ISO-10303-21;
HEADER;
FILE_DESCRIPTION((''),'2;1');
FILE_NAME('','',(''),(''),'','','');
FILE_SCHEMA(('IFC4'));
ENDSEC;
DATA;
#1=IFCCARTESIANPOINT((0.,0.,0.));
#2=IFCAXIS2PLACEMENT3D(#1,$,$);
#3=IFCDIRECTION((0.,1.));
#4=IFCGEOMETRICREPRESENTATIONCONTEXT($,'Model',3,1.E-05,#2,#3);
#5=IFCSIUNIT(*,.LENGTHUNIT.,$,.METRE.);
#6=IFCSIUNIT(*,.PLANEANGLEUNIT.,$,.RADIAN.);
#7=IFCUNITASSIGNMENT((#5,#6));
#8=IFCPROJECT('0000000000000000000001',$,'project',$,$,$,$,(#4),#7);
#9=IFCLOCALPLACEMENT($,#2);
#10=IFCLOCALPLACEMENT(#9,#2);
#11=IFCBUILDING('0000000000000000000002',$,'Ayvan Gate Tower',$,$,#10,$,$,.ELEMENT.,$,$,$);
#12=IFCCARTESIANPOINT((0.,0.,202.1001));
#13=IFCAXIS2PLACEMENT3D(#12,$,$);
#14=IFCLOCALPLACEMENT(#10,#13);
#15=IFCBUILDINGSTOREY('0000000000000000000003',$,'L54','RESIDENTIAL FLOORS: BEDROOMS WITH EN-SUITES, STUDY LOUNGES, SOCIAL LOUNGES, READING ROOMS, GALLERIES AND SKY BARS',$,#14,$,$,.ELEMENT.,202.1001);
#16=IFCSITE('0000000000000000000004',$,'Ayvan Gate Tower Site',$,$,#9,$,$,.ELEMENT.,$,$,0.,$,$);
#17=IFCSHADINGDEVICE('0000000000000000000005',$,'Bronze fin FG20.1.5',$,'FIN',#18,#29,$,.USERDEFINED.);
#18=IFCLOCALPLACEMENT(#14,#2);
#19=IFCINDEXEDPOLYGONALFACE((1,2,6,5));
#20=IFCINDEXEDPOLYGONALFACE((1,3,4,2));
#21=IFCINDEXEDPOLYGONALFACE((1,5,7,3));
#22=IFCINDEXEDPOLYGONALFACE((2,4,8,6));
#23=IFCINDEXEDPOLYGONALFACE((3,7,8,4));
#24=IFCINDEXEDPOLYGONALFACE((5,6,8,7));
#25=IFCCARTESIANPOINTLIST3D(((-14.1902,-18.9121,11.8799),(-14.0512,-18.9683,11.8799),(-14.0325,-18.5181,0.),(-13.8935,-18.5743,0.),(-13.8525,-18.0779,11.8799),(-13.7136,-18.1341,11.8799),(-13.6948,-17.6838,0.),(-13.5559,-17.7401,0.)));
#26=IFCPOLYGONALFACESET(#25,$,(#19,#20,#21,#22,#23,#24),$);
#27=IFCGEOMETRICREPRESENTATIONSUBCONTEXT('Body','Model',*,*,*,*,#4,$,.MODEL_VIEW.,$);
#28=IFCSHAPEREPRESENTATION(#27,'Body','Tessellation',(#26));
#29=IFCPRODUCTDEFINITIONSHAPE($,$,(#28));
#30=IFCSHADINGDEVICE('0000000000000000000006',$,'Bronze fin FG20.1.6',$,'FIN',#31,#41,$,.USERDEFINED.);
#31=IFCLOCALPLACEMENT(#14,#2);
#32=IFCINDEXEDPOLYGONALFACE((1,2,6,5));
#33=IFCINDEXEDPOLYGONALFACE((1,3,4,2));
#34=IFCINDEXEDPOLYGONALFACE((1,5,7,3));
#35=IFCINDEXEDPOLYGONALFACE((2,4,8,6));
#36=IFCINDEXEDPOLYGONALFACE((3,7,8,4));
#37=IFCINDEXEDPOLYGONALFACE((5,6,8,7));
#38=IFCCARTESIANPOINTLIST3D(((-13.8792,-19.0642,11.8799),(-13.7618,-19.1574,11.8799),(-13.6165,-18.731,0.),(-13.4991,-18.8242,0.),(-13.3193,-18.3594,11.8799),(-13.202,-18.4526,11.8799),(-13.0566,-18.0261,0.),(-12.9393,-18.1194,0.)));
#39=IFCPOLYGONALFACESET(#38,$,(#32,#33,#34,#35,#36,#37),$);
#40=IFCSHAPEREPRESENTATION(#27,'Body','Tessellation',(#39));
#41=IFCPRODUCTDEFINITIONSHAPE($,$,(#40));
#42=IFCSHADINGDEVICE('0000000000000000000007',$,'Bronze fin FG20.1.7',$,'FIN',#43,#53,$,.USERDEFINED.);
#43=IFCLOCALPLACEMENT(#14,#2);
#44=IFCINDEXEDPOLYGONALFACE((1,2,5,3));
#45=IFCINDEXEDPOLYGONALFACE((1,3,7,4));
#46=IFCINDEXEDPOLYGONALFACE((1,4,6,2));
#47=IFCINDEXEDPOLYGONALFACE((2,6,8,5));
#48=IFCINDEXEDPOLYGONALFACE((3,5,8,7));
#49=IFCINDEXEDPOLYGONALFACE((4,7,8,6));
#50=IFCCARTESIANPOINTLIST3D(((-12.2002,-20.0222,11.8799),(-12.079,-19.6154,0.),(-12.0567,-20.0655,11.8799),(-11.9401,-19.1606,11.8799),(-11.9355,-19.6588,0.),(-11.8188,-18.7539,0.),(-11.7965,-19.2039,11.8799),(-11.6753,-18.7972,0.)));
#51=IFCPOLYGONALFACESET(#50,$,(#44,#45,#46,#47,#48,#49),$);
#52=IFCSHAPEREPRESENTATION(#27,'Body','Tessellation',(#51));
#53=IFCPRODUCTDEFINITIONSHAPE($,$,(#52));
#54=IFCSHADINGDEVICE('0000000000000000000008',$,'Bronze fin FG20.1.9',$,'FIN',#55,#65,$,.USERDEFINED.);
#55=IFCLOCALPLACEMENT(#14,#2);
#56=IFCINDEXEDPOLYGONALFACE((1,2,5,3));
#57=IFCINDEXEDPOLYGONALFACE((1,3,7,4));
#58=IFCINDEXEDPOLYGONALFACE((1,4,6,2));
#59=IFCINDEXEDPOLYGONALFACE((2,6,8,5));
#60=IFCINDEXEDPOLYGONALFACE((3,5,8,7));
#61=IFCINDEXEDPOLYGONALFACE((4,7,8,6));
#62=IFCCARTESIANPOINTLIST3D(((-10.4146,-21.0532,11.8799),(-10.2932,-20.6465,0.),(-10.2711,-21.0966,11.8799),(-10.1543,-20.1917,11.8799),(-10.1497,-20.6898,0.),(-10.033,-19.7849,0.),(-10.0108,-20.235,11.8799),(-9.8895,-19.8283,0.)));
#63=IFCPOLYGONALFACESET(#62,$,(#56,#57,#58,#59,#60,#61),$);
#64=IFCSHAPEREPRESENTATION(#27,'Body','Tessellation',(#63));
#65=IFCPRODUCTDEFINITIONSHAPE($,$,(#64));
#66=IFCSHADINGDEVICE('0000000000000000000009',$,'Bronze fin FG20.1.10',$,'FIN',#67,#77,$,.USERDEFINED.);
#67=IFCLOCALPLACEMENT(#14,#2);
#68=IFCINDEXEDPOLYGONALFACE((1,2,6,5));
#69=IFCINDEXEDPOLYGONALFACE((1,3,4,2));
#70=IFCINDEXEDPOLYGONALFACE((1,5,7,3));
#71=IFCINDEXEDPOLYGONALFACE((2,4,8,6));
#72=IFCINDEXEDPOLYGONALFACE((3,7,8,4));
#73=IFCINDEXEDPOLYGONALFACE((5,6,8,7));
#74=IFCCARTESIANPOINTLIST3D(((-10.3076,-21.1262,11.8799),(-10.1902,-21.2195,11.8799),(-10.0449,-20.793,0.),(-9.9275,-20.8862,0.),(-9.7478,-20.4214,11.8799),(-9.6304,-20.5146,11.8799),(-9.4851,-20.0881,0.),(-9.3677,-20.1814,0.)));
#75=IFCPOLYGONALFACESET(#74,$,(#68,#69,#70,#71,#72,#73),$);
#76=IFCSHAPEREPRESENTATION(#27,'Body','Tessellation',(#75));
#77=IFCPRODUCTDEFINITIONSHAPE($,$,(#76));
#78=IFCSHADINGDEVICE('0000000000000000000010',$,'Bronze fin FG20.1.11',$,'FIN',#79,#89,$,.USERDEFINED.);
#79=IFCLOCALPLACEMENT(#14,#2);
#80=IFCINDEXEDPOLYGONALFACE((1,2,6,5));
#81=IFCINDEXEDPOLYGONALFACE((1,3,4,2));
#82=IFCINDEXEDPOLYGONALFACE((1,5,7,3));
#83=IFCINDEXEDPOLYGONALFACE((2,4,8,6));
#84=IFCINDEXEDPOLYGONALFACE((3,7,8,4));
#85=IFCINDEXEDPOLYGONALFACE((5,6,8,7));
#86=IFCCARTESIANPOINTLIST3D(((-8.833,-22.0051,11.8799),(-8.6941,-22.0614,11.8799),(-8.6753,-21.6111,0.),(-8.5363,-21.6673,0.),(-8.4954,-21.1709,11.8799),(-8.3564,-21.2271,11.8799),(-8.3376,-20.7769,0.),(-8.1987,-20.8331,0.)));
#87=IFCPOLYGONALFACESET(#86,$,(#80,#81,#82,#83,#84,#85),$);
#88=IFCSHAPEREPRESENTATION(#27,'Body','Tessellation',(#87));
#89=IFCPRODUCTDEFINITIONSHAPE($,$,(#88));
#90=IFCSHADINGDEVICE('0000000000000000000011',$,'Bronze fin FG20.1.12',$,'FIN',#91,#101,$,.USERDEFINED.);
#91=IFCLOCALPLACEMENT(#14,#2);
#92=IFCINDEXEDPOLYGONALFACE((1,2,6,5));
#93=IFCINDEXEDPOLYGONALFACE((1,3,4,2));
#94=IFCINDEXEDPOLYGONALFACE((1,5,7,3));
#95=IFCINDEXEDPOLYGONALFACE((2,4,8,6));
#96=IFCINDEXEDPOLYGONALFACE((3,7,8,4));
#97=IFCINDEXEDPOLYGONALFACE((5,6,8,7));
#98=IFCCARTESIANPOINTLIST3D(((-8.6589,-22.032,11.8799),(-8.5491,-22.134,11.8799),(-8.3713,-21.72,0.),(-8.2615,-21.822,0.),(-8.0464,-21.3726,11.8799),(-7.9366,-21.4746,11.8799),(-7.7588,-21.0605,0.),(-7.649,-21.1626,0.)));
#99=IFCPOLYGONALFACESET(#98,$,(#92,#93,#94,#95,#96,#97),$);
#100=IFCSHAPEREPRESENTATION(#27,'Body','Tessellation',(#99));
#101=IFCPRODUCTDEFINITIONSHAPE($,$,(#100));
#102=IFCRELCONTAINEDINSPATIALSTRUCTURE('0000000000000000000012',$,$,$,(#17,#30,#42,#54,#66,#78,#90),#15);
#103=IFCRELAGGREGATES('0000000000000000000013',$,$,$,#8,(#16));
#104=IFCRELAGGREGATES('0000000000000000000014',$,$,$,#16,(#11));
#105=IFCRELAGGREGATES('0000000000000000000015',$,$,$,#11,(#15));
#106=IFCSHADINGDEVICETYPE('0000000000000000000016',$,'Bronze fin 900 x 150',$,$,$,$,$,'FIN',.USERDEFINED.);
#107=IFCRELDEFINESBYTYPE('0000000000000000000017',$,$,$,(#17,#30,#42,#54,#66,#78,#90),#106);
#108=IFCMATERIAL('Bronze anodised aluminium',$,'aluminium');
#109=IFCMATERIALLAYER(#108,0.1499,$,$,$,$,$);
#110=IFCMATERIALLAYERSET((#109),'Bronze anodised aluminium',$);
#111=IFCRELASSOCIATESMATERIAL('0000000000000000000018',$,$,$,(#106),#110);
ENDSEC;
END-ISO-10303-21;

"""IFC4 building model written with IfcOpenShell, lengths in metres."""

from ifc_helpers import new_model, si_unit, direction, frame, origin, place, context, subcontext, project, spatial, polyline, outline, extrude, material, layer, layer_set, type_object, element, save


model = new_model("IFC4")

# Units and contexts
model_context = context("Model", 3, precision=1e-05, world=origin(), true_north=direction((0.0, 1.0)))
body_context = subcontext(model_context, "Body", "Model", "MODEL_VIEW")
ifc_project = project(units=[si_unit("LENGTHUNIT", "METRE"), si_unit("PLANEANGLEUNIT", "RADIAN")], contexts=[model_context])

# Site, building, storey
site_placement = place(None, origin())
site = spatial("IfcSite", under=ifc_project, at=site_placement, Name="Ayvan Gate Tower Site", CompositionType="ELEMENT", RefElevation=0.0)
building_placement = place(site_placement, origin())
building = spatial("IfcBuilding", under=site, at=building_placement, Name="Ayvan Gate Tower", CompositionType="ELEMENT")
storey_placement = place(building_placement, frame((0.0, 0.0, 202.1001)))
storey = spatial("IfcBuildingStorey", under=building, at=storey_placement, Name="L54", Description="RESIDENTIAL FLOORS: BEDROOMS WITH EN-SUITES, STUDY LOUNGES, SOCIAL LOUNGES, READING ROOMS, GALLERIES AND SKY BARS", CompositionType="ELEMENT", Elevation=202.1001)

# Shared definitions
ifc_material_1 = material(Name="Bronze anodised aluminium", Category="aluminium")

# Shading devices
ifc_layer_1 = layer(ifc_material_1, 0.1499)
ifc_layer_set_1 = layer_set([ifc_layer_1], Name="Bronze anodised aluminium")
shading_device_type = type_object("IfcShadingDeviceType", Name="Bronze fin 900 x 150", ElementType="FIN", PredefinedType="USERDEFINED", material=ifc_layer_set_1)
shading_device_1_placement = place(storey_placement, frame((-13.6948, -17.6838, 0.0), z_axis=(-0.926954, 0.375176, 0.000138), x_axis=(-0.375176, -0.926954, 0.0)))
element("IfcShadingDevice", 1, at=shading_device_1_placement, inside=storey, type_object=shading_device_type, Name="Bronze fin FG20.1.5", ObjectType="FIN", PredefinedType="USERDEFINED", context=body_context, shape_type="SweptSolid", body=[
    extrude(outline(polyline([(0.0, 0.0), (0.9, 0.0), (1.3244, 11.8799), (0.4244, 11.8799), (0.0, 0.0)])), origin(), (0.0, 0.0, -1.0), 0.1499),
])
shading_device_2_placement = place(storey_placement, frame((-13.0566, -18.0261, 0.0), z_axis=(-0.78306, 0.621946, 0.000131), x_axis=(-0.621946, -0.78306, 0.0)))
element("IfcShadingDevice", 2, at=shading_device_2_placement, inside=storey, type_object=shading_device_type, Name="Bronze fin FG20.1.6", ObjectType="FIN", PredefinedType="USERDEFINED", context=body_context, shape_type="SweptSolid", body=[
    extrude(outline(polyline([(0.0, 0.0), (0.9001, 0.0), (1.3244, 11.8799), (0.4243, 11.8799), (0.0, 0.0)])), origin(), (0.0, 0.0, -1.0), 0.1499),
])
shading_device_3_placement = place(storey_placement, frame((-11.8188, -18.7539, 0.0), z_axis=(-0.957317, 0.28904, 0.000128), x_axis=(-0.28904, -0.957317, 0.0)))
element("IfcShadingDevice", 3, at=shading_device_3_placement, inside=storey, type_object=shading_device_type, Name="Bronze fin FG20.1.7", ObjectType="FIN", PredefinedType="USERDEFINED", context=body_context, shape_type="SweptSolid", body=[
    extrude(outline(polyline([(0.0, 0.0), (0.9, 0.0), (1.3244, 11.8799), (0.4244, 11.8799), (0.0, 0.0)])), origin(), (0.0, 0.0, -1.0), 0.1499),
])
shading_device_4_placement = place(storey_placement, frame((-10.033, -19.7849, 0.0), z_axis=(-0.95728, 0.289164, 0.000123), x_axis=(-0.289164, -0.95728, 0.0)))
element("IfcShadingDevice", 4, at=shading_device_4_placement, inside=storey, type_object=shading_device_type, Name="Bronze fin FG20.1.9", ObjectType="FIN", PredefinedType="USERDEFINED", context=body_context, shape_type="SweptSolid", body=[
    extrude(outline(polyline([(0.0, 0.0), (0.9, 0.0), (1.3245, 11.8799), (0.4244, 11.8799), (0.0, 0.0)])), origin(), (0.0, 0.0, -1.0), 0.1499),
])
shading_device_5_placement = place(storey_placement, frame((-9.4851, -20.0881, 0.0), z_axis=(-0.78306, 0.621946, 0.000131), x_axis=(-0.621946, -0.78306, 0.0)))
element("IfcShadingDevice", 5, at=shading_device_5_placement, inside=storey, type_object=shading_device_type, Name="Bronze fin FG20.1.10", ObjectType="FIN", PredefinedType="USERDEFINED", context=body_context, shape_type="SweptSolid", body=[
    extrude(outline(polyline([(0.0, 0.0), (0.9001, 0.0), (1.3244, 11.8799), (0.4243, 11.8799), (0.0, 0.0)])), origin(), (0.0, 0.0, -1.0), 0.1499),
])
shading_device_6_placement = place(storey_placement, frame((-8.3376, -20.7769, 0.0), z_axis=(-0.926954, 0.375176, 0.000138), x_axis=(-0.375176, -0.926954, 0.0)))
element("IfcShadingDevice", 6, at=shading_device_6_placement, inside=storey, type_object=shading_device_type, Name="Bronze fin FG20.1.11", ObjectType="FIN", PredefinedType="USERDEFINED", context=body_context, shape_type="SweptSolid", body=[
    extrude(outline(polyline([(0.0, 0.0), (0.9, 0.0), (1.3244, 11.8799), (0.4244, 11.8799), (0.0, 0.0)])), origin(), (0.0, 0.0, -1.0), 0.1499),
])
shading_device_7_placement = place(storey_placement, frame((-7.7588, -21.0605, 0.0), z_axis=(-0.732668, 0.680586, 0.000138), x_axis=(-0.680586, -0.732668, 0.0)))
element("IfcShadingDevice", 7, at=shading_device_7_placement, inside=storey, type_object=shading_device_type, Name="Bronze fin FG20.1.12", ObjectType="FIN", PredefinedType="USERDEFINED", context=body_context, shape_type="SweptSolid", body=[
    extrude(outline(polyline([(0.0, 0.0), (0.9, 0.0), (1.3244, 11.8799), (0.4243, 11.8799), (0.0, 0.0)])), origin(), (0.0, 0.0, -1.0), 0.1499),
])

save(model, "model.ifc")
